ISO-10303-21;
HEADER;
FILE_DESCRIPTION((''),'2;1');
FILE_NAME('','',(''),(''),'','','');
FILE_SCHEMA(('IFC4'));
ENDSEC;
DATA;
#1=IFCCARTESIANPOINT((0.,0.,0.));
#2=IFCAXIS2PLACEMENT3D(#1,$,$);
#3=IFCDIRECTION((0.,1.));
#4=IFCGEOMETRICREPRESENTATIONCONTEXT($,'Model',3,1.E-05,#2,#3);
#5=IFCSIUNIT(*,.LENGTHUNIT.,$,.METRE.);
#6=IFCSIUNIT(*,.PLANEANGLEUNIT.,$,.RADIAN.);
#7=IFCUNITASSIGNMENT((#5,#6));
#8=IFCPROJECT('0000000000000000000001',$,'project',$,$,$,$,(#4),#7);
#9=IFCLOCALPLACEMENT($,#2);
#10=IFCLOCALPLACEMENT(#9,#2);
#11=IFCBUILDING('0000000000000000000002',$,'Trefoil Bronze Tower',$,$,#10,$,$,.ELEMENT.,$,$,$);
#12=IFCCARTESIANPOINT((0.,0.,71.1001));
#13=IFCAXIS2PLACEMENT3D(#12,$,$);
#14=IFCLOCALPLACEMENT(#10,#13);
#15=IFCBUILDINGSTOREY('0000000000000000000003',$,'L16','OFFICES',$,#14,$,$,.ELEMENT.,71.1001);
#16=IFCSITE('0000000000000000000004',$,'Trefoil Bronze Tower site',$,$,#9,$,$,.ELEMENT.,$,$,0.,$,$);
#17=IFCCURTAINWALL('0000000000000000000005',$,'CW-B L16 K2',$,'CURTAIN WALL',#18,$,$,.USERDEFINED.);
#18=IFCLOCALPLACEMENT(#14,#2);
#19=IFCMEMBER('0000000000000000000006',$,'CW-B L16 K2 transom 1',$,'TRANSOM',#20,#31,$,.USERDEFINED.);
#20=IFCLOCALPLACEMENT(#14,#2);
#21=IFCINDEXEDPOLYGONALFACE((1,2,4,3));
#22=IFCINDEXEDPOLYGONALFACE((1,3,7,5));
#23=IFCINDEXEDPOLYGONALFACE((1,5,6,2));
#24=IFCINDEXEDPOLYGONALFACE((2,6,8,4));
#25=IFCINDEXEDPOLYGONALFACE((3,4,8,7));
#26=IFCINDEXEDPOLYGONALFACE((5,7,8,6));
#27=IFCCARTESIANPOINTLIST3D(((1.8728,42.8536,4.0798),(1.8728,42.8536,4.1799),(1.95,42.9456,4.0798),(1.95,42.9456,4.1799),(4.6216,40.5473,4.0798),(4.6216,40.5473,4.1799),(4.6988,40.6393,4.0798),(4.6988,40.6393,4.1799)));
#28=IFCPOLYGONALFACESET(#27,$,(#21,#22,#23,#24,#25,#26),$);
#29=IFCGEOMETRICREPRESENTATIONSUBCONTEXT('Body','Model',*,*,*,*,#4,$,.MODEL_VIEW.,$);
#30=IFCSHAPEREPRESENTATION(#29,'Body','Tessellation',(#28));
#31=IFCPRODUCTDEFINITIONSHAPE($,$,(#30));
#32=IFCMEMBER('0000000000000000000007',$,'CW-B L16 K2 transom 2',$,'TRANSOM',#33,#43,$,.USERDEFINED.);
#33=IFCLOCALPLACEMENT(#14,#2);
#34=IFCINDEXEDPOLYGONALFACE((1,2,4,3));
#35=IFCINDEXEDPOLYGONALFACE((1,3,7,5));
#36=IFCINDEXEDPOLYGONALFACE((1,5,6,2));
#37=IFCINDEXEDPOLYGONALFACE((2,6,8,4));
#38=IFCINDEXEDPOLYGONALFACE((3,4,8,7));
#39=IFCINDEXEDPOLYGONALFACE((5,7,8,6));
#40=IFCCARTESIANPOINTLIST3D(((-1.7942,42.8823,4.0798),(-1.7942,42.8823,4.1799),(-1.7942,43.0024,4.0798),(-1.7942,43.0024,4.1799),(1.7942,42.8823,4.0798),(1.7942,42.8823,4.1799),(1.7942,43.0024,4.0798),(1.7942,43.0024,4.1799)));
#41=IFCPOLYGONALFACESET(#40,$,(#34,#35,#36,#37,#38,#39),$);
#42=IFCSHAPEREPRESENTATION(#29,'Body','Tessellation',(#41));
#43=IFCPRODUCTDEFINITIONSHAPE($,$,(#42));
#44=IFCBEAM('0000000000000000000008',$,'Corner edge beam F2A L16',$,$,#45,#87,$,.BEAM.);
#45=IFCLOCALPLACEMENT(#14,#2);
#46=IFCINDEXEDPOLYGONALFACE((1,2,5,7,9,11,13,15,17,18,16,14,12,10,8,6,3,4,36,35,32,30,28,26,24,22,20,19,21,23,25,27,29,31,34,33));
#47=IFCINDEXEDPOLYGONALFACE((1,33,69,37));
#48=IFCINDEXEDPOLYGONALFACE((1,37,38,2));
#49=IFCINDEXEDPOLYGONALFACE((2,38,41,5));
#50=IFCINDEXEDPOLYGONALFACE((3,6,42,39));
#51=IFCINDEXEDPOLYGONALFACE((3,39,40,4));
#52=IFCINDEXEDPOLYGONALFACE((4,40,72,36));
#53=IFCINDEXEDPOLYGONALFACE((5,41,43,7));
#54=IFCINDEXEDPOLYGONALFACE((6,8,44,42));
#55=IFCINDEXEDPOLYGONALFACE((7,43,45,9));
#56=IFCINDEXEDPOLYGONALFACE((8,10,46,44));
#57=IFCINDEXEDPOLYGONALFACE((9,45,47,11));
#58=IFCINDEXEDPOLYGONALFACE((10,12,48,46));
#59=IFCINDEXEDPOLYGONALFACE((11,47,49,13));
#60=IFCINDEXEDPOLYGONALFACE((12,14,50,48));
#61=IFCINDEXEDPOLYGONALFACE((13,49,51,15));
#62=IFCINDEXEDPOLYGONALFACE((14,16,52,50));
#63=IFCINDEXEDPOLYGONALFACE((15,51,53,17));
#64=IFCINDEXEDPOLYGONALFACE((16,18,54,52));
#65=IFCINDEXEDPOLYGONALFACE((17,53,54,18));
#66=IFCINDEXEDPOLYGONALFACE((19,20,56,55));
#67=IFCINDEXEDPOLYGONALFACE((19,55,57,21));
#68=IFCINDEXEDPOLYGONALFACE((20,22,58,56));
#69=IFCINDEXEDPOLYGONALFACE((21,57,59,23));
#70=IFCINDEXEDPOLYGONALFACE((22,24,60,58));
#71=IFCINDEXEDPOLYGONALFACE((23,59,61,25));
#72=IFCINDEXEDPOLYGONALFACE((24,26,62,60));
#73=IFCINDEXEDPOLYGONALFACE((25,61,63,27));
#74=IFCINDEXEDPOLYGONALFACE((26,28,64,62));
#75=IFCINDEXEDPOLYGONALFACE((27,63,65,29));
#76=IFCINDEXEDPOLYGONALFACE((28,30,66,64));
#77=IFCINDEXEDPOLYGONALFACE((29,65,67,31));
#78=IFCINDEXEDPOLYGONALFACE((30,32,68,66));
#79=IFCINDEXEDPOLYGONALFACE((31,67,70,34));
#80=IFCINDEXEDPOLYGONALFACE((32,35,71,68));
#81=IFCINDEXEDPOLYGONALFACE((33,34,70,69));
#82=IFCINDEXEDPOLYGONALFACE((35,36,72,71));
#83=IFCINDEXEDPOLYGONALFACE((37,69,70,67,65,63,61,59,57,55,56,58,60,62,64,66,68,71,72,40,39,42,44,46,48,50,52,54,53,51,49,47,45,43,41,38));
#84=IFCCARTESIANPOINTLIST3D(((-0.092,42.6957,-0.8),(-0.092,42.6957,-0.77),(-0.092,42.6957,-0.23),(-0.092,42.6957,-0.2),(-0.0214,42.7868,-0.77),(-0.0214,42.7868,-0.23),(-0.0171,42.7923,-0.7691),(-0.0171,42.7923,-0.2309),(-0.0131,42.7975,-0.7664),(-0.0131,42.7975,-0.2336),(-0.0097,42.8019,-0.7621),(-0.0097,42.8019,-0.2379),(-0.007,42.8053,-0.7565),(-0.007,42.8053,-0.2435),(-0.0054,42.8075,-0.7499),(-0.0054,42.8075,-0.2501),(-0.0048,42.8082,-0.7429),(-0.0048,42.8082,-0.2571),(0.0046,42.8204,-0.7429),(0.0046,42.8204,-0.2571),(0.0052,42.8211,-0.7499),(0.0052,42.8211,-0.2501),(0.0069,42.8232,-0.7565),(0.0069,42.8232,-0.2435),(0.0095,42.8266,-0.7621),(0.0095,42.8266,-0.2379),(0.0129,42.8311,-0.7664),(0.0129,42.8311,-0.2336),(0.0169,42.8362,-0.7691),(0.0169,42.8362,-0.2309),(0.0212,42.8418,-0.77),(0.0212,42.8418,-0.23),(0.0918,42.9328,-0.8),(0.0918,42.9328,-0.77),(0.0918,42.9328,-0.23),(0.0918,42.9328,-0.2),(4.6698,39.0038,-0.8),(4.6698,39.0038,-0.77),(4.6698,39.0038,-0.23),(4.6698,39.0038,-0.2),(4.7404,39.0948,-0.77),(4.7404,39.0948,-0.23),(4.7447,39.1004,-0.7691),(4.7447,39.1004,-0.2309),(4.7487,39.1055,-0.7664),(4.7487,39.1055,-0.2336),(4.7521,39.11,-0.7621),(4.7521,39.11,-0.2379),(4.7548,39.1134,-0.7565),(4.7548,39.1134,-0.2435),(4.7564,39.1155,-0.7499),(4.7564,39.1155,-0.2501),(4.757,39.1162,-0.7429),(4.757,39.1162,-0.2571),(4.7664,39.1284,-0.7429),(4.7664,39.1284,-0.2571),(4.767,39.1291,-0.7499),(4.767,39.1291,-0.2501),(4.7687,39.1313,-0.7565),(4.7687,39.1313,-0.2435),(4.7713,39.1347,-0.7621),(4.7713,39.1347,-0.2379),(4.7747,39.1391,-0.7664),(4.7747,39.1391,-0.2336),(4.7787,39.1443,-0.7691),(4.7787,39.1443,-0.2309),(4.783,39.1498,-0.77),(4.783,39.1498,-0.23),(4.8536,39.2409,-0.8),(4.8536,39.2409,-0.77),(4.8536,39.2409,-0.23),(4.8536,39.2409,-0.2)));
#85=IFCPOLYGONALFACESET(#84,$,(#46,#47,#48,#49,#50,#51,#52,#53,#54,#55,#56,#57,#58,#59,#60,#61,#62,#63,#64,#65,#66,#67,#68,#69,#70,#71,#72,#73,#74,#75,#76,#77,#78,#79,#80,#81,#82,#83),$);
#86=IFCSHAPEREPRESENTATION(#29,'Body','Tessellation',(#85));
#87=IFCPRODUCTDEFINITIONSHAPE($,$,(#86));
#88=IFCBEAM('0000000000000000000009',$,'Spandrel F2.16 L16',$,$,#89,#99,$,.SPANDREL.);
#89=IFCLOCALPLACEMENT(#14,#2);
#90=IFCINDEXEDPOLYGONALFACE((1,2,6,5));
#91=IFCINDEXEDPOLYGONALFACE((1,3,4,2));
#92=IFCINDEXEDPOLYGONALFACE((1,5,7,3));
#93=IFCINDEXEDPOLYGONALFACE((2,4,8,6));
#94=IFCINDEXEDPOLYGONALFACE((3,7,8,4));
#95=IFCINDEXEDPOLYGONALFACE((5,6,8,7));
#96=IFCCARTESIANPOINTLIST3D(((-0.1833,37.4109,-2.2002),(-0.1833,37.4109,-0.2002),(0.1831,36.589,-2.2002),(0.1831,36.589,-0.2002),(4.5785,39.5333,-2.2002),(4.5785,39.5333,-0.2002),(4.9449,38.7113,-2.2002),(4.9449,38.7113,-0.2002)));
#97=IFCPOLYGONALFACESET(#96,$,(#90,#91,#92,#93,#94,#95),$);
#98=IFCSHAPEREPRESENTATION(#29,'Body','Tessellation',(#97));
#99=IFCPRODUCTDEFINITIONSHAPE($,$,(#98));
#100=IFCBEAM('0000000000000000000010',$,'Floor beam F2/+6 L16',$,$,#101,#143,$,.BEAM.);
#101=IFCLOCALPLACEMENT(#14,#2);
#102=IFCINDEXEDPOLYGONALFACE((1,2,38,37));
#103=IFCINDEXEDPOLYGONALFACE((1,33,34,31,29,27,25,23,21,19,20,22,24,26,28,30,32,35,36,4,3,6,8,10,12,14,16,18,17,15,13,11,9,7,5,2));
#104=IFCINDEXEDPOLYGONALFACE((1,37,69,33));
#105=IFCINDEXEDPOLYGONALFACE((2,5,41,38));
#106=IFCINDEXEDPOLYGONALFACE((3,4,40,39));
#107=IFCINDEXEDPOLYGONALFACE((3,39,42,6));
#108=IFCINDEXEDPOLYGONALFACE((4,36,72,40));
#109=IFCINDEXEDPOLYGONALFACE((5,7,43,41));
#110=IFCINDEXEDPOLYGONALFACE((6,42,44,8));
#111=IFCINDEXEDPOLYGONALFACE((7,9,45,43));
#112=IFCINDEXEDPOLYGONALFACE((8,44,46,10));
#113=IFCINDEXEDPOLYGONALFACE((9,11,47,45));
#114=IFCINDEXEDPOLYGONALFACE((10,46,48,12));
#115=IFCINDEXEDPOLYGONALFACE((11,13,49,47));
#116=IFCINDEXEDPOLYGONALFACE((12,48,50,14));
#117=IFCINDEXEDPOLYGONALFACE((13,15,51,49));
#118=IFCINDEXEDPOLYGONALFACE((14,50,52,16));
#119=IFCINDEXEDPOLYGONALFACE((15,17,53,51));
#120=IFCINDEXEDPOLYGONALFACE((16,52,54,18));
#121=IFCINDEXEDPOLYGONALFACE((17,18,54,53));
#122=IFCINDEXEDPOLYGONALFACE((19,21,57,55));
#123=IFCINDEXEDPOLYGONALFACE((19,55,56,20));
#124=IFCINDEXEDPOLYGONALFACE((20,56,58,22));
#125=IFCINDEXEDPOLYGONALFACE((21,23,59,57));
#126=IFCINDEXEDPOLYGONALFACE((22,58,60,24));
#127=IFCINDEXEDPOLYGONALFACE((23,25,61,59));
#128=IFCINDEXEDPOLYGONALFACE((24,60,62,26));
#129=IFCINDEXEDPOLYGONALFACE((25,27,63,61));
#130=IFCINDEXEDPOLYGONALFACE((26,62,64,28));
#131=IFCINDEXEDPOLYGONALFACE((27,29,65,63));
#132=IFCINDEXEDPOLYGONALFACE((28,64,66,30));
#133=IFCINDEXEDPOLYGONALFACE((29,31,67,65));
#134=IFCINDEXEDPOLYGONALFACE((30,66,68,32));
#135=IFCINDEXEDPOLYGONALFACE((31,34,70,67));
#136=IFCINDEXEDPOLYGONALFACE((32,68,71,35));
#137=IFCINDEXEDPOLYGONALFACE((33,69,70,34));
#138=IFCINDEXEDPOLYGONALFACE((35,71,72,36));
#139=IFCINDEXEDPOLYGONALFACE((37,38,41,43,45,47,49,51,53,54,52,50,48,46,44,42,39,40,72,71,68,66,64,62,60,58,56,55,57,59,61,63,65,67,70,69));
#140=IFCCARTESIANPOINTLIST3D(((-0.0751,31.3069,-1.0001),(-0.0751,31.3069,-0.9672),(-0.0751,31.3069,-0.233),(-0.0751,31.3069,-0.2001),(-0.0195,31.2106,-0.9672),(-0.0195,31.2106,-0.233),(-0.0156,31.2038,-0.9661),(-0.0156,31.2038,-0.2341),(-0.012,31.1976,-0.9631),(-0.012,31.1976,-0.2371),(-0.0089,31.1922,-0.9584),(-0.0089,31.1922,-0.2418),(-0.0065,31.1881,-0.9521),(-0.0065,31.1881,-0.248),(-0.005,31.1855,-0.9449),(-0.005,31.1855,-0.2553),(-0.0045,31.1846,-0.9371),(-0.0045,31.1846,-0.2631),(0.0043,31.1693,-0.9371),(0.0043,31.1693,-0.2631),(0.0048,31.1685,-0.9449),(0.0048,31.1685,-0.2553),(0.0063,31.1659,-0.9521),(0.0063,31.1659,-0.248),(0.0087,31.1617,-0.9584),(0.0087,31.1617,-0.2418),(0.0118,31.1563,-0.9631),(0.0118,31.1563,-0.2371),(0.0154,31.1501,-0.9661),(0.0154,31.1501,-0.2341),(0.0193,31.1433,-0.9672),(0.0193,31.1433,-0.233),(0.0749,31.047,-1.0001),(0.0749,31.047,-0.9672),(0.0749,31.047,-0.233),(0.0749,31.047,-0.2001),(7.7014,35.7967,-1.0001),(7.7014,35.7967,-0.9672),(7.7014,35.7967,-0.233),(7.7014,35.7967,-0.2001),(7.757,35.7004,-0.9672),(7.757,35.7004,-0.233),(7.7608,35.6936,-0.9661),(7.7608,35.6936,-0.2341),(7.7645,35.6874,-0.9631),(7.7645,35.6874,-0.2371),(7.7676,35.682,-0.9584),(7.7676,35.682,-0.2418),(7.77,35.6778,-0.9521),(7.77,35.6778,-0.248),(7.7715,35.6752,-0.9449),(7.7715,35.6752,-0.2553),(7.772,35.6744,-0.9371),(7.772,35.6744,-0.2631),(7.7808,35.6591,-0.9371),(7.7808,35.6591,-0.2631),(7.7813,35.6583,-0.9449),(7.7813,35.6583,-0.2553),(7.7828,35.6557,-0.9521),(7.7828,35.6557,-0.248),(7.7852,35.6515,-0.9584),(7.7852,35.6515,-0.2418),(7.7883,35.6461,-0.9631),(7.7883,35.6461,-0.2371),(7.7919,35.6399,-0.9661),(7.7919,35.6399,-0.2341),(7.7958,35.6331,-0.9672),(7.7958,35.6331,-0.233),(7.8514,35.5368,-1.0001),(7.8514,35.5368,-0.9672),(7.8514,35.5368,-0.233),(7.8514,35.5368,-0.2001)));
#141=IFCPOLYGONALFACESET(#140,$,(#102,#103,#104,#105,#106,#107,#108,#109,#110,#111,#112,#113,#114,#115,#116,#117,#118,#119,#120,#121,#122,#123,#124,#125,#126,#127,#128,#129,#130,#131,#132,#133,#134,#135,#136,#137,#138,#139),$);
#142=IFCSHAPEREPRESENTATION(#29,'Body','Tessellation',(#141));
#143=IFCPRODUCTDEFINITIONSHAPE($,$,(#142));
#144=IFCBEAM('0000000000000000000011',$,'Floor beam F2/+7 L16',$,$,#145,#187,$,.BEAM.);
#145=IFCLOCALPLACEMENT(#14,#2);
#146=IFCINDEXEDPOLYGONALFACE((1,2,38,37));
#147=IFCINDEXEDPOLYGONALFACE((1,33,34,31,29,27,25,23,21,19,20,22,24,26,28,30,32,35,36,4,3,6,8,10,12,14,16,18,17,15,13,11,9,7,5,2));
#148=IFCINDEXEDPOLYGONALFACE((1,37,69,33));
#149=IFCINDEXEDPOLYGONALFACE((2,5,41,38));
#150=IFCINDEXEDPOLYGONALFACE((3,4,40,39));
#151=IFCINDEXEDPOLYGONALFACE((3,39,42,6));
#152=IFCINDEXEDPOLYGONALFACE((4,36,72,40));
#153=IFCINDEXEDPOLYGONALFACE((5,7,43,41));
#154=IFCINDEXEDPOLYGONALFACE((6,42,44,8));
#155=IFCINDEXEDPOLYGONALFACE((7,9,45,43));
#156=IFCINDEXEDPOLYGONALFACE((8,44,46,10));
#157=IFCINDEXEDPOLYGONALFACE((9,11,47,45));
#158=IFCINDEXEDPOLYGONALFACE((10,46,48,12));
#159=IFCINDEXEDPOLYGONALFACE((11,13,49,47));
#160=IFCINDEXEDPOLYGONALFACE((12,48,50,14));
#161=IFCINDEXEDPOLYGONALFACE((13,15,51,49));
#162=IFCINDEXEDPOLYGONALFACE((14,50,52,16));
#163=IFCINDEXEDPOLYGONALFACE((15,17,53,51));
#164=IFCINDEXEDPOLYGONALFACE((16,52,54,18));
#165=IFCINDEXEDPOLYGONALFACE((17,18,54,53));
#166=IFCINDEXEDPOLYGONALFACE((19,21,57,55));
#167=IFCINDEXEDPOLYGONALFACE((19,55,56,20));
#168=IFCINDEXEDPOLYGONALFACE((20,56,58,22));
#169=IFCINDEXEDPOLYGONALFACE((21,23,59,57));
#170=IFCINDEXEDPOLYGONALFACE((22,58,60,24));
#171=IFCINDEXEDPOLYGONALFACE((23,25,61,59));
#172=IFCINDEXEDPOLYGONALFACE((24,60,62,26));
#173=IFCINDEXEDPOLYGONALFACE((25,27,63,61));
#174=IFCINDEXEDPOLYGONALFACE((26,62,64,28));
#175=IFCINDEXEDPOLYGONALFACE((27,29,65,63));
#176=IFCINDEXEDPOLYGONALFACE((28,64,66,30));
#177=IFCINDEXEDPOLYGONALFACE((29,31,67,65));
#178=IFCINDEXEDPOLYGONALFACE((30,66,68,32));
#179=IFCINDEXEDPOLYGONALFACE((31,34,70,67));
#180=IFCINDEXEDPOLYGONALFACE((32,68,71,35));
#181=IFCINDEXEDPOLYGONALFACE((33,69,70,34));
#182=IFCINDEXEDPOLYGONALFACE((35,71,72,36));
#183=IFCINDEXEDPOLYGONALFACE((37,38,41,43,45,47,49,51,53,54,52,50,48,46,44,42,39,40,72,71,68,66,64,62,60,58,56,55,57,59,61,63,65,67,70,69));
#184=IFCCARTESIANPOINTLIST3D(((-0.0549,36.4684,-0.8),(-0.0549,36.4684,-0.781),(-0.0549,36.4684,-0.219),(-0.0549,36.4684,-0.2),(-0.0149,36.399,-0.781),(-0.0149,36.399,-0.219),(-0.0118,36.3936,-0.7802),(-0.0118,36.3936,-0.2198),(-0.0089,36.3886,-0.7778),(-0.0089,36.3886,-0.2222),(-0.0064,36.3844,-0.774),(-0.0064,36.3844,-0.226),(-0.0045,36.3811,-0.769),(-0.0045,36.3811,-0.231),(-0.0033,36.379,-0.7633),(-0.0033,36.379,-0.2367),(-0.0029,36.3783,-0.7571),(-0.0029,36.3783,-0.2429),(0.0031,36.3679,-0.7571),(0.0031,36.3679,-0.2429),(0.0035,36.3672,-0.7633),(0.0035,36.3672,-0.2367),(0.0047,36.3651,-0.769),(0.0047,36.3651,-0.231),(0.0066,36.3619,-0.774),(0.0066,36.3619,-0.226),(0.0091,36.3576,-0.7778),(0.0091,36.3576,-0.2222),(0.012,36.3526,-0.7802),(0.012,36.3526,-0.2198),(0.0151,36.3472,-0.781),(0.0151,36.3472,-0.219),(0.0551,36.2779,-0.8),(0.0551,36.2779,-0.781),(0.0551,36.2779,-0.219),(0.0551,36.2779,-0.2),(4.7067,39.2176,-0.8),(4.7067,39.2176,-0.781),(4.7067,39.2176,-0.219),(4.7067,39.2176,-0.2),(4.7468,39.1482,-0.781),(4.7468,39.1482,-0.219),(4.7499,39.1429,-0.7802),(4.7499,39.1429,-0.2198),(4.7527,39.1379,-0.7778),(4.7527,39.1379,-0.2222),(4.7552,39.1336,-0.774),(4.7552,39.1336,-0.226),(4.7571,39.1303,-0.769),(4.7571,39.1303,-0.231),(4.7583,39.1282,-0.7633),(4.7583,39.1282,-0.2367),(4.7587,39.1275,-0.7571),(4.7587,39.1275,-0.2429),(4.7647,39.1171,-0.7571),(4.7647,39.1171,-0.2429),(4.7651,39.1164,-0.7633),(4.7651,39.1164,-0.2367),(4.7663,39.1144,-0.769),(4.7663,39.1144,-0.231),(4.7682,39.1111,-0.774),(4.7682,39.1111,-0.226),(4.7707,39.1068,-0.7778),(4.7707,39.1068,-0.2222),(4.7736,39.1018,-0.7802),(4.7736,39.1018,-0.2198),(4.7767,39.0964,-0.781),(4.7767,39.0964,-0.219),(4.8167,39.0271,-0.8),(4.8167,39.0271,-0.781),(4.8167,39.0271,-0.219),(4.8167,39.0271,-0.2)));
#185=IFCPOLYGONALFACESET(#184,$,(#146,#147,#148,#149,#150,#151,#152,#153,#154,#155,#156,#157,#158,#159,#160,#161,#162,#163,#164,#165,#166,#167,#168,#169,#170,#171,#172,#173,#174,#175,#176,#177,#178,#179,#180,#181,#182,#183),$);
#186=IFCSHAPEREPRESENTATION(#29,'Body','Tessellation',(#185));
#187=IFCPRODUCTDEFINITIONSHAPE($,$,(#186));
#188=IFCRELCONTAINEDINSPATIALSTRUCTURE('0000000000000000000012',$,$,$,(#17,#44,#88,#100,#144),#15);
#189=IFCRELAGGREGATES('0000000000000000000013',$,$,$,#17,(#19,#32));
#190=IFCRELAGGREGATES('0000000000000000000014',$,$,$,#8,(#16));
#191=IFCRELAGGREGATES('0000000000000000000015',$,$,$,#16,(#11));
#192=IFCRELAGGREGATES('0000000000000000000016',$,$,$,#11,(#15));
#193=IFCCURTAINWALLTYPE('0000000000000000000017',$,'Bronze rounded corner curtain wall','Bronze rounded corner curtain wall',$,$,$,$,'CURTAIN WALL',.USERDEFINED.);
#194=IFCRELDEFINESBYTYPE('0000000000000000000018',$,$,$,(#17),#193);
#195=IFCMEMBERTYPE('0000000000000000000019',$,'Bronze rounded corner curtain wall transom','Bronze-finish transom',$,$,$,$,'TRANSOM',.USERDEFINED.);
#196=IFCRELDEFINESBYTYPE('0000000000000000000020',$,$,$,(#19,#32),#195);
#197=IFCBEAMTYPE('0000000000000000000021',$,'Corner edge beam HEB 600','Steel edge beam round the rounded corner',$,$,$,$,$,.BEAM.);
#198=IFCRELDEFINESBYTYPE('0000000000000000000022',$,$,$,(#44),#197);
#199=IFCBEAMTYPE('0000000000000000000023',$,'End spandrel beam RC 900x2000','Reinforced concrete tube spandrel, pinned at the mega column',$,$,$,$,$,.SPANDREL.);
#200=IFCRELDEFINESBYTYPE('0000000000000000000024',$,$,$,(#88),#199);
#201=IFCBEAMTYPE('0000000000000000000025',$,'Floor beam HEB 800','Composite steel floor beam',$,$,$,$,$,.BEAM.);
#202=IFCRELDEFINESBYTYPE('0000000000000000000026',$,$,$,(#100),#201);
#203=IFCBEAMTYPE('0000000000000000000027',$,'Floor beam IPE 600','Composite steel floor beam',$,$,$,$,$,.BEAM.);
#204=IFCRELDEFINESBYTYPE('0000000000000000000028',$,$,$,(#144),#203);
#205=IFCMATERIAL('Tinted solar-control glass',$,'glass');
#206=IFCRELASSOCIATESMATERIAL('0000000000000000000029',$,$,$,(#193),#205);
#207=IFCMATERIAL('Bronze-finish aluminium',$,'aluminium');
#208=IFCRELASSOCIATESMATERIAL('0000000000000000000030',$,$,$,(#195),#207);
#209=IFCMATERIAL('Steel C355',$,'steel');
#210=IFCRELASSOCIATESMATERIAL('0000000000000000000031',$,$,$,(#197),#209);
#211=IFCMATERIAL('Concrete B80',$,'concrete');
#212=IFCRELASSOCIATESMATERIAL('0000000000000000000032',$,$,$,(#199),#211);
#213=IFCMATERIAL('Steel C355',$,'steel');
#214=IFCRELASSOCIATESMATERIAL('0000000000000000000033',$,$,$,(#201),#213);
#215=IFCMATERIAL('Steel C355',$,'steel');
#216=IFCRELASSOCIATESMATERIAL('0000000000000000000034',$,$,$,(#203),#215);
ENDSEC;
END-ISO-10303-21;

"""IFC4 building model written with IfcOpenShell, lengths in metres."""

from ifc_helpers import new_model, si_unit, direction, frame, origin, origin_2d, place, context, subcontext, project, spatial, rectangle, i_section, extrude, material, material_profile, profile_set, type_object, element, aggregate, save


model = new_model("IFC4")

# Units and contexts
model_context = context("Model", 3, precision=1e-05, world=origin(), true_north=direction((0.0, 1.0)))
body_context = subcontext(model_context, "Body", "Model", "MODEL_VIEW")
ifc_project = project(units=[si_unit("LENGTHUNIT", "METRE"), si_unit("PLANEANGLEUNIT", "RADIAN")], contexts=[model_context])

# Site, building, storey
site_placement = place(None, origin())
site = spatial("IfcSite", under=ifc_project, at=site_placement, Name="Trefoil Bronze Tower site", CompositionType="ELEMENT", RefElevation=0.0)
building_placement = place(site_placement, origin())
building = spatial("IfcBuilding", under=site, at=building_placement, Name="Trefoil Bronze Tower", CompositionType="ELEMENT")
storey_placement = place(building_placement, frame((0.0, 0.0, 71.1001)))
storey = spatial("IfcBuildingStorey", under=building, at=storey_placement, Name="L16", Description="OFFICES", CompositionType="ELEMENT", Elevation=71.1001)

# Curtain wall, members
ifc_material_1 = material(Name="Tinted solar-control glass", Category="glass")
curtain_wall_type_1 = type_object("IfcCurtainWallType", Name="Bronze rounded corner curtain wall", Description="Bronze rounded corner curtain wall", ElementType="CURTAIN WALL", PredefinedType="USERDEFINED", material=ifc_material_1)
curtain_wall_1_placement = place(storey_placement, origin())
curtain_wall_1 = element("IfcCurtainWall", 1, at=curtain_wall_1_placement, inside=storey, type_object=curtain_wall_type_1, Name="CW-B L16 K2", ObjectType="CURTAIN WALL", PredefinedType="USERDEFINED")
ifc_material_2 = material(Name="Bronze-finish aluminium", Category="aluminium")
ifc_material_profile_1 = material_profile(ifc_material_2, rectangle(XDim=0.1201, YDim=0.1001, at=origin_2d()), Name="CW-B transom")
ifc_profile_set_1 = profile_set([ifc_material_profile_1], Name="Bronze-finish aluminium")
member_type_1 = type_object("IfcMemberType", Name="Bronze rounded corner curtain wall transom", Description="Bronze-finish transom", ElementType="TRANSOM", PredefinedType="USERDEFINED", material=ifc_profile_set_1)
member_1_placement = place(storey_placement, frame((4.6602, 40.5933, 4.1299), z_axis=(-0.766059, 0.642771, 0.0), x_axis=(-0.642771, -0.766059, 0.0)))
member_1 = element("IfcMember", 2, at=member_1_placement, type_object=member_type_1, Name="CW-B L16 K2 transom 1", ObjectType="TRANSOM", PredefinedType="USERDEFINED", context=body_context, shape_type="SweptSolid", body=[
    extrude(rectangle(XDim=0.1201, YDim=0.1001, at=origin_2d()), origin(), (0.0, 0.0, 1.0), 3.5881),
])
member_2_placement = place(storey_placement, frame((1.7942, 42.9424, 4.1299), z_axis=(-1.0, 0.0, 0.0), x_axis=(0.0, -1.0, 0.0)))
member_2 = element("IfcMember", 3, at=member_2_placement, type_object=member_type_1, Name="CW-B L16 K2 transom 2", ObjectType="TRANSOM", PredefinedType="USERDEFINED", context=body_context, shape_type="SweptSolid", body=[
    extrude(rectangle(XDim=0.1201, YDim=0.1001, at=origin_2d()), origin(), (0.0, 0.0, 1.0), 3.5884),
])

# Beams
ifc_material_3 = material(Name="Steel C355", Category="steel")
ifc_material_profile_2 = material_profile(ifc_material_3, i_section(OverallWidth=0.3, OverallDepth=0.6001, WebThickness=0.0154, FlangeThickness=0.03, FilletRadius=0.0271, at=origin_2d()), Name="HEB 600")
ifc_profile_set_2 = profile_set([ifc_material_profile_2], Name="Steel C355")
beam_type_1 = type_object("IfcBeamType", Name="Corner edge beam HEB 600", Description="Steel edge beam round the rounded corner", PredefinedType="BEAM", material=ifc_profile_set_2)
beam_1_placement = place(storey_placement, frame((4.7617, 39.1223, -0.5), z_axis=(-0.790289, 0.612734, 0.0), x_axis=(-0.612734, -0.790289, 0.0)))
element("IfcBeam", 4, at=beam_1_placement, inside=storey, type_object=beam_type_1, Name="Corner edge beam F2A L16", PredefinedType="BEAM", context=body_context, shape_type="SweptSolid", body=[
    extrude(i_section(OverallWidth=0.3, OverallDepth=0.6001, WebThickness=0.0154, FlangeThickness=0.03, FilletRadius=0.0271, at=origin_2d()), origin(), (0.0, 0.0, 1.0), 6.0254),
])
ifc_material_4 = material(Name="Concrete B80", Category="concrete")
ifc_material_profile_3 = material_profile(ifc_material_4, rectangle(XDim=0.8999, YDim=2.0, at=origin_2d()), Name="RC 900x2000")
ifc_profile_set_3 = profile_set([ifc_material_profile_3], Name="Concrete B80")
beam_type_2 = type_object("IfcBeamType", Name="End spandrel beam RC 900x2000", Description="Reinforced concrete tube spandrel, pinned at the mega column", PredefinedType="SPANDREL", material=ifc_profile_set_3)
beam_2_placement = place(storey_placement, frame((4.7617, 39.1223, -1.2002), z_axis=(-0.913384, -0.407099, 0.0), x_axis=(0.407099, -0.913384, 0.0)))
element("IfcBeam", 5, at=beam_2_placement, inside=storey, type_object=beam_type_2, Name="Spandrel F2.16 L16", PredefinedType="SPANDREL", context=body_context, shape_type="SweptSolid", body=[
    extrude(rectangle(XDim=0.8999, YDim=2.0, at=origin_2d()), origin(), (0.0, 0.0, 1.0), 5.2134),
])
ifc_material_5 = material(Name="Steel C355", Category="steel")
ifc_material_profile_4 = material_profile(ifc_material_5, i_section(OverallWidth=0.3, OverallDepth=0.8, WebThickness=0.0176, FlangeThickness=0.033, FilletRadius=0.03, at=origin_2d()), Name="HEB 800")
ifc_profile_set_4 = profile_set([ifc_material_profile_4], Name="Steel C355")
beam_type_3 = type_object("IfcBeamType", Name="Floor beam HEB 800", Description="Composite steel floor beam", PredefinedType="BEAM", material=ifc_profile_set_4)
beam_3_placement = place(storey_placement, frame((7.7764, 35.6667, -0.6001), z_axis=(-0.866023, -0.500005, 0.0), x_axis=(0.500005, -0.866023, 0.0)))
element("IfcBeam", 6, at=beam_3_placement, inside=storey, type_object=beam_type_3, Name="Floor beam F2/+6 L16", PredefinedType="BEAM", context=body_context, shape_type="SweptSolid", body=[
    extrude(i_section(OverallWidth=0.3, OverallDepth=0.8, WebThickness=0.0176, FlangeThickness=0.033, FilletRadius=0.03, at=origin_2d()), origin(), (0.0, 0.0, 1.0), 8.9795),
])
ifc_material_6 = material(Name="Steel C355", Category="steel")
ifc_material_profile_5 = material_profile(ifc_material_6, i_section(OverallWidth=0.22, OverallDepth=0.6001, WebThickness=0.012, FlangeThickness=0.019, FilletRadius=0.0239, at=origin_2d()), Name="IPE 600")
ifc_profile_set_5 = profile_set([ifc_material_profile_5], Name="Steel C355")
beam_type_4 = type_object("IfcBeamType", Name="Floor beam IPE 600", Description="Composite steel floor beam", PredefinedType="BEAM", material=ifc_profile_set_5)
beam_4_placement = place(storey_placement, frame((4.7617, 39.1223, -0.5), z_axis=(-0.866018, -0.500012, 0.0), x_axis=(0.500012, -0.866018, 0.0)))
element("IfcBeam", 7, at=beam_4_placement, inside=storey, type_object=beam_type_4, Name="Floor beam F2/+7 L16", PredefinedType="BEAM", context=body_context, shape_type="SweptSolid", body=[
    extrude(i_section(OverallWidth=0.22, OverallDepth=0.6001, WebThickness=0.012, FlangeThickness=0.019, FilletRadius=0.0239, at=origin_2d()), origin(), (0.0, 0.0, 1.0), 5.4983),
])

aggregate(curtain_wall_1, [member_1, member_2])

save(model, "model.ifc")
